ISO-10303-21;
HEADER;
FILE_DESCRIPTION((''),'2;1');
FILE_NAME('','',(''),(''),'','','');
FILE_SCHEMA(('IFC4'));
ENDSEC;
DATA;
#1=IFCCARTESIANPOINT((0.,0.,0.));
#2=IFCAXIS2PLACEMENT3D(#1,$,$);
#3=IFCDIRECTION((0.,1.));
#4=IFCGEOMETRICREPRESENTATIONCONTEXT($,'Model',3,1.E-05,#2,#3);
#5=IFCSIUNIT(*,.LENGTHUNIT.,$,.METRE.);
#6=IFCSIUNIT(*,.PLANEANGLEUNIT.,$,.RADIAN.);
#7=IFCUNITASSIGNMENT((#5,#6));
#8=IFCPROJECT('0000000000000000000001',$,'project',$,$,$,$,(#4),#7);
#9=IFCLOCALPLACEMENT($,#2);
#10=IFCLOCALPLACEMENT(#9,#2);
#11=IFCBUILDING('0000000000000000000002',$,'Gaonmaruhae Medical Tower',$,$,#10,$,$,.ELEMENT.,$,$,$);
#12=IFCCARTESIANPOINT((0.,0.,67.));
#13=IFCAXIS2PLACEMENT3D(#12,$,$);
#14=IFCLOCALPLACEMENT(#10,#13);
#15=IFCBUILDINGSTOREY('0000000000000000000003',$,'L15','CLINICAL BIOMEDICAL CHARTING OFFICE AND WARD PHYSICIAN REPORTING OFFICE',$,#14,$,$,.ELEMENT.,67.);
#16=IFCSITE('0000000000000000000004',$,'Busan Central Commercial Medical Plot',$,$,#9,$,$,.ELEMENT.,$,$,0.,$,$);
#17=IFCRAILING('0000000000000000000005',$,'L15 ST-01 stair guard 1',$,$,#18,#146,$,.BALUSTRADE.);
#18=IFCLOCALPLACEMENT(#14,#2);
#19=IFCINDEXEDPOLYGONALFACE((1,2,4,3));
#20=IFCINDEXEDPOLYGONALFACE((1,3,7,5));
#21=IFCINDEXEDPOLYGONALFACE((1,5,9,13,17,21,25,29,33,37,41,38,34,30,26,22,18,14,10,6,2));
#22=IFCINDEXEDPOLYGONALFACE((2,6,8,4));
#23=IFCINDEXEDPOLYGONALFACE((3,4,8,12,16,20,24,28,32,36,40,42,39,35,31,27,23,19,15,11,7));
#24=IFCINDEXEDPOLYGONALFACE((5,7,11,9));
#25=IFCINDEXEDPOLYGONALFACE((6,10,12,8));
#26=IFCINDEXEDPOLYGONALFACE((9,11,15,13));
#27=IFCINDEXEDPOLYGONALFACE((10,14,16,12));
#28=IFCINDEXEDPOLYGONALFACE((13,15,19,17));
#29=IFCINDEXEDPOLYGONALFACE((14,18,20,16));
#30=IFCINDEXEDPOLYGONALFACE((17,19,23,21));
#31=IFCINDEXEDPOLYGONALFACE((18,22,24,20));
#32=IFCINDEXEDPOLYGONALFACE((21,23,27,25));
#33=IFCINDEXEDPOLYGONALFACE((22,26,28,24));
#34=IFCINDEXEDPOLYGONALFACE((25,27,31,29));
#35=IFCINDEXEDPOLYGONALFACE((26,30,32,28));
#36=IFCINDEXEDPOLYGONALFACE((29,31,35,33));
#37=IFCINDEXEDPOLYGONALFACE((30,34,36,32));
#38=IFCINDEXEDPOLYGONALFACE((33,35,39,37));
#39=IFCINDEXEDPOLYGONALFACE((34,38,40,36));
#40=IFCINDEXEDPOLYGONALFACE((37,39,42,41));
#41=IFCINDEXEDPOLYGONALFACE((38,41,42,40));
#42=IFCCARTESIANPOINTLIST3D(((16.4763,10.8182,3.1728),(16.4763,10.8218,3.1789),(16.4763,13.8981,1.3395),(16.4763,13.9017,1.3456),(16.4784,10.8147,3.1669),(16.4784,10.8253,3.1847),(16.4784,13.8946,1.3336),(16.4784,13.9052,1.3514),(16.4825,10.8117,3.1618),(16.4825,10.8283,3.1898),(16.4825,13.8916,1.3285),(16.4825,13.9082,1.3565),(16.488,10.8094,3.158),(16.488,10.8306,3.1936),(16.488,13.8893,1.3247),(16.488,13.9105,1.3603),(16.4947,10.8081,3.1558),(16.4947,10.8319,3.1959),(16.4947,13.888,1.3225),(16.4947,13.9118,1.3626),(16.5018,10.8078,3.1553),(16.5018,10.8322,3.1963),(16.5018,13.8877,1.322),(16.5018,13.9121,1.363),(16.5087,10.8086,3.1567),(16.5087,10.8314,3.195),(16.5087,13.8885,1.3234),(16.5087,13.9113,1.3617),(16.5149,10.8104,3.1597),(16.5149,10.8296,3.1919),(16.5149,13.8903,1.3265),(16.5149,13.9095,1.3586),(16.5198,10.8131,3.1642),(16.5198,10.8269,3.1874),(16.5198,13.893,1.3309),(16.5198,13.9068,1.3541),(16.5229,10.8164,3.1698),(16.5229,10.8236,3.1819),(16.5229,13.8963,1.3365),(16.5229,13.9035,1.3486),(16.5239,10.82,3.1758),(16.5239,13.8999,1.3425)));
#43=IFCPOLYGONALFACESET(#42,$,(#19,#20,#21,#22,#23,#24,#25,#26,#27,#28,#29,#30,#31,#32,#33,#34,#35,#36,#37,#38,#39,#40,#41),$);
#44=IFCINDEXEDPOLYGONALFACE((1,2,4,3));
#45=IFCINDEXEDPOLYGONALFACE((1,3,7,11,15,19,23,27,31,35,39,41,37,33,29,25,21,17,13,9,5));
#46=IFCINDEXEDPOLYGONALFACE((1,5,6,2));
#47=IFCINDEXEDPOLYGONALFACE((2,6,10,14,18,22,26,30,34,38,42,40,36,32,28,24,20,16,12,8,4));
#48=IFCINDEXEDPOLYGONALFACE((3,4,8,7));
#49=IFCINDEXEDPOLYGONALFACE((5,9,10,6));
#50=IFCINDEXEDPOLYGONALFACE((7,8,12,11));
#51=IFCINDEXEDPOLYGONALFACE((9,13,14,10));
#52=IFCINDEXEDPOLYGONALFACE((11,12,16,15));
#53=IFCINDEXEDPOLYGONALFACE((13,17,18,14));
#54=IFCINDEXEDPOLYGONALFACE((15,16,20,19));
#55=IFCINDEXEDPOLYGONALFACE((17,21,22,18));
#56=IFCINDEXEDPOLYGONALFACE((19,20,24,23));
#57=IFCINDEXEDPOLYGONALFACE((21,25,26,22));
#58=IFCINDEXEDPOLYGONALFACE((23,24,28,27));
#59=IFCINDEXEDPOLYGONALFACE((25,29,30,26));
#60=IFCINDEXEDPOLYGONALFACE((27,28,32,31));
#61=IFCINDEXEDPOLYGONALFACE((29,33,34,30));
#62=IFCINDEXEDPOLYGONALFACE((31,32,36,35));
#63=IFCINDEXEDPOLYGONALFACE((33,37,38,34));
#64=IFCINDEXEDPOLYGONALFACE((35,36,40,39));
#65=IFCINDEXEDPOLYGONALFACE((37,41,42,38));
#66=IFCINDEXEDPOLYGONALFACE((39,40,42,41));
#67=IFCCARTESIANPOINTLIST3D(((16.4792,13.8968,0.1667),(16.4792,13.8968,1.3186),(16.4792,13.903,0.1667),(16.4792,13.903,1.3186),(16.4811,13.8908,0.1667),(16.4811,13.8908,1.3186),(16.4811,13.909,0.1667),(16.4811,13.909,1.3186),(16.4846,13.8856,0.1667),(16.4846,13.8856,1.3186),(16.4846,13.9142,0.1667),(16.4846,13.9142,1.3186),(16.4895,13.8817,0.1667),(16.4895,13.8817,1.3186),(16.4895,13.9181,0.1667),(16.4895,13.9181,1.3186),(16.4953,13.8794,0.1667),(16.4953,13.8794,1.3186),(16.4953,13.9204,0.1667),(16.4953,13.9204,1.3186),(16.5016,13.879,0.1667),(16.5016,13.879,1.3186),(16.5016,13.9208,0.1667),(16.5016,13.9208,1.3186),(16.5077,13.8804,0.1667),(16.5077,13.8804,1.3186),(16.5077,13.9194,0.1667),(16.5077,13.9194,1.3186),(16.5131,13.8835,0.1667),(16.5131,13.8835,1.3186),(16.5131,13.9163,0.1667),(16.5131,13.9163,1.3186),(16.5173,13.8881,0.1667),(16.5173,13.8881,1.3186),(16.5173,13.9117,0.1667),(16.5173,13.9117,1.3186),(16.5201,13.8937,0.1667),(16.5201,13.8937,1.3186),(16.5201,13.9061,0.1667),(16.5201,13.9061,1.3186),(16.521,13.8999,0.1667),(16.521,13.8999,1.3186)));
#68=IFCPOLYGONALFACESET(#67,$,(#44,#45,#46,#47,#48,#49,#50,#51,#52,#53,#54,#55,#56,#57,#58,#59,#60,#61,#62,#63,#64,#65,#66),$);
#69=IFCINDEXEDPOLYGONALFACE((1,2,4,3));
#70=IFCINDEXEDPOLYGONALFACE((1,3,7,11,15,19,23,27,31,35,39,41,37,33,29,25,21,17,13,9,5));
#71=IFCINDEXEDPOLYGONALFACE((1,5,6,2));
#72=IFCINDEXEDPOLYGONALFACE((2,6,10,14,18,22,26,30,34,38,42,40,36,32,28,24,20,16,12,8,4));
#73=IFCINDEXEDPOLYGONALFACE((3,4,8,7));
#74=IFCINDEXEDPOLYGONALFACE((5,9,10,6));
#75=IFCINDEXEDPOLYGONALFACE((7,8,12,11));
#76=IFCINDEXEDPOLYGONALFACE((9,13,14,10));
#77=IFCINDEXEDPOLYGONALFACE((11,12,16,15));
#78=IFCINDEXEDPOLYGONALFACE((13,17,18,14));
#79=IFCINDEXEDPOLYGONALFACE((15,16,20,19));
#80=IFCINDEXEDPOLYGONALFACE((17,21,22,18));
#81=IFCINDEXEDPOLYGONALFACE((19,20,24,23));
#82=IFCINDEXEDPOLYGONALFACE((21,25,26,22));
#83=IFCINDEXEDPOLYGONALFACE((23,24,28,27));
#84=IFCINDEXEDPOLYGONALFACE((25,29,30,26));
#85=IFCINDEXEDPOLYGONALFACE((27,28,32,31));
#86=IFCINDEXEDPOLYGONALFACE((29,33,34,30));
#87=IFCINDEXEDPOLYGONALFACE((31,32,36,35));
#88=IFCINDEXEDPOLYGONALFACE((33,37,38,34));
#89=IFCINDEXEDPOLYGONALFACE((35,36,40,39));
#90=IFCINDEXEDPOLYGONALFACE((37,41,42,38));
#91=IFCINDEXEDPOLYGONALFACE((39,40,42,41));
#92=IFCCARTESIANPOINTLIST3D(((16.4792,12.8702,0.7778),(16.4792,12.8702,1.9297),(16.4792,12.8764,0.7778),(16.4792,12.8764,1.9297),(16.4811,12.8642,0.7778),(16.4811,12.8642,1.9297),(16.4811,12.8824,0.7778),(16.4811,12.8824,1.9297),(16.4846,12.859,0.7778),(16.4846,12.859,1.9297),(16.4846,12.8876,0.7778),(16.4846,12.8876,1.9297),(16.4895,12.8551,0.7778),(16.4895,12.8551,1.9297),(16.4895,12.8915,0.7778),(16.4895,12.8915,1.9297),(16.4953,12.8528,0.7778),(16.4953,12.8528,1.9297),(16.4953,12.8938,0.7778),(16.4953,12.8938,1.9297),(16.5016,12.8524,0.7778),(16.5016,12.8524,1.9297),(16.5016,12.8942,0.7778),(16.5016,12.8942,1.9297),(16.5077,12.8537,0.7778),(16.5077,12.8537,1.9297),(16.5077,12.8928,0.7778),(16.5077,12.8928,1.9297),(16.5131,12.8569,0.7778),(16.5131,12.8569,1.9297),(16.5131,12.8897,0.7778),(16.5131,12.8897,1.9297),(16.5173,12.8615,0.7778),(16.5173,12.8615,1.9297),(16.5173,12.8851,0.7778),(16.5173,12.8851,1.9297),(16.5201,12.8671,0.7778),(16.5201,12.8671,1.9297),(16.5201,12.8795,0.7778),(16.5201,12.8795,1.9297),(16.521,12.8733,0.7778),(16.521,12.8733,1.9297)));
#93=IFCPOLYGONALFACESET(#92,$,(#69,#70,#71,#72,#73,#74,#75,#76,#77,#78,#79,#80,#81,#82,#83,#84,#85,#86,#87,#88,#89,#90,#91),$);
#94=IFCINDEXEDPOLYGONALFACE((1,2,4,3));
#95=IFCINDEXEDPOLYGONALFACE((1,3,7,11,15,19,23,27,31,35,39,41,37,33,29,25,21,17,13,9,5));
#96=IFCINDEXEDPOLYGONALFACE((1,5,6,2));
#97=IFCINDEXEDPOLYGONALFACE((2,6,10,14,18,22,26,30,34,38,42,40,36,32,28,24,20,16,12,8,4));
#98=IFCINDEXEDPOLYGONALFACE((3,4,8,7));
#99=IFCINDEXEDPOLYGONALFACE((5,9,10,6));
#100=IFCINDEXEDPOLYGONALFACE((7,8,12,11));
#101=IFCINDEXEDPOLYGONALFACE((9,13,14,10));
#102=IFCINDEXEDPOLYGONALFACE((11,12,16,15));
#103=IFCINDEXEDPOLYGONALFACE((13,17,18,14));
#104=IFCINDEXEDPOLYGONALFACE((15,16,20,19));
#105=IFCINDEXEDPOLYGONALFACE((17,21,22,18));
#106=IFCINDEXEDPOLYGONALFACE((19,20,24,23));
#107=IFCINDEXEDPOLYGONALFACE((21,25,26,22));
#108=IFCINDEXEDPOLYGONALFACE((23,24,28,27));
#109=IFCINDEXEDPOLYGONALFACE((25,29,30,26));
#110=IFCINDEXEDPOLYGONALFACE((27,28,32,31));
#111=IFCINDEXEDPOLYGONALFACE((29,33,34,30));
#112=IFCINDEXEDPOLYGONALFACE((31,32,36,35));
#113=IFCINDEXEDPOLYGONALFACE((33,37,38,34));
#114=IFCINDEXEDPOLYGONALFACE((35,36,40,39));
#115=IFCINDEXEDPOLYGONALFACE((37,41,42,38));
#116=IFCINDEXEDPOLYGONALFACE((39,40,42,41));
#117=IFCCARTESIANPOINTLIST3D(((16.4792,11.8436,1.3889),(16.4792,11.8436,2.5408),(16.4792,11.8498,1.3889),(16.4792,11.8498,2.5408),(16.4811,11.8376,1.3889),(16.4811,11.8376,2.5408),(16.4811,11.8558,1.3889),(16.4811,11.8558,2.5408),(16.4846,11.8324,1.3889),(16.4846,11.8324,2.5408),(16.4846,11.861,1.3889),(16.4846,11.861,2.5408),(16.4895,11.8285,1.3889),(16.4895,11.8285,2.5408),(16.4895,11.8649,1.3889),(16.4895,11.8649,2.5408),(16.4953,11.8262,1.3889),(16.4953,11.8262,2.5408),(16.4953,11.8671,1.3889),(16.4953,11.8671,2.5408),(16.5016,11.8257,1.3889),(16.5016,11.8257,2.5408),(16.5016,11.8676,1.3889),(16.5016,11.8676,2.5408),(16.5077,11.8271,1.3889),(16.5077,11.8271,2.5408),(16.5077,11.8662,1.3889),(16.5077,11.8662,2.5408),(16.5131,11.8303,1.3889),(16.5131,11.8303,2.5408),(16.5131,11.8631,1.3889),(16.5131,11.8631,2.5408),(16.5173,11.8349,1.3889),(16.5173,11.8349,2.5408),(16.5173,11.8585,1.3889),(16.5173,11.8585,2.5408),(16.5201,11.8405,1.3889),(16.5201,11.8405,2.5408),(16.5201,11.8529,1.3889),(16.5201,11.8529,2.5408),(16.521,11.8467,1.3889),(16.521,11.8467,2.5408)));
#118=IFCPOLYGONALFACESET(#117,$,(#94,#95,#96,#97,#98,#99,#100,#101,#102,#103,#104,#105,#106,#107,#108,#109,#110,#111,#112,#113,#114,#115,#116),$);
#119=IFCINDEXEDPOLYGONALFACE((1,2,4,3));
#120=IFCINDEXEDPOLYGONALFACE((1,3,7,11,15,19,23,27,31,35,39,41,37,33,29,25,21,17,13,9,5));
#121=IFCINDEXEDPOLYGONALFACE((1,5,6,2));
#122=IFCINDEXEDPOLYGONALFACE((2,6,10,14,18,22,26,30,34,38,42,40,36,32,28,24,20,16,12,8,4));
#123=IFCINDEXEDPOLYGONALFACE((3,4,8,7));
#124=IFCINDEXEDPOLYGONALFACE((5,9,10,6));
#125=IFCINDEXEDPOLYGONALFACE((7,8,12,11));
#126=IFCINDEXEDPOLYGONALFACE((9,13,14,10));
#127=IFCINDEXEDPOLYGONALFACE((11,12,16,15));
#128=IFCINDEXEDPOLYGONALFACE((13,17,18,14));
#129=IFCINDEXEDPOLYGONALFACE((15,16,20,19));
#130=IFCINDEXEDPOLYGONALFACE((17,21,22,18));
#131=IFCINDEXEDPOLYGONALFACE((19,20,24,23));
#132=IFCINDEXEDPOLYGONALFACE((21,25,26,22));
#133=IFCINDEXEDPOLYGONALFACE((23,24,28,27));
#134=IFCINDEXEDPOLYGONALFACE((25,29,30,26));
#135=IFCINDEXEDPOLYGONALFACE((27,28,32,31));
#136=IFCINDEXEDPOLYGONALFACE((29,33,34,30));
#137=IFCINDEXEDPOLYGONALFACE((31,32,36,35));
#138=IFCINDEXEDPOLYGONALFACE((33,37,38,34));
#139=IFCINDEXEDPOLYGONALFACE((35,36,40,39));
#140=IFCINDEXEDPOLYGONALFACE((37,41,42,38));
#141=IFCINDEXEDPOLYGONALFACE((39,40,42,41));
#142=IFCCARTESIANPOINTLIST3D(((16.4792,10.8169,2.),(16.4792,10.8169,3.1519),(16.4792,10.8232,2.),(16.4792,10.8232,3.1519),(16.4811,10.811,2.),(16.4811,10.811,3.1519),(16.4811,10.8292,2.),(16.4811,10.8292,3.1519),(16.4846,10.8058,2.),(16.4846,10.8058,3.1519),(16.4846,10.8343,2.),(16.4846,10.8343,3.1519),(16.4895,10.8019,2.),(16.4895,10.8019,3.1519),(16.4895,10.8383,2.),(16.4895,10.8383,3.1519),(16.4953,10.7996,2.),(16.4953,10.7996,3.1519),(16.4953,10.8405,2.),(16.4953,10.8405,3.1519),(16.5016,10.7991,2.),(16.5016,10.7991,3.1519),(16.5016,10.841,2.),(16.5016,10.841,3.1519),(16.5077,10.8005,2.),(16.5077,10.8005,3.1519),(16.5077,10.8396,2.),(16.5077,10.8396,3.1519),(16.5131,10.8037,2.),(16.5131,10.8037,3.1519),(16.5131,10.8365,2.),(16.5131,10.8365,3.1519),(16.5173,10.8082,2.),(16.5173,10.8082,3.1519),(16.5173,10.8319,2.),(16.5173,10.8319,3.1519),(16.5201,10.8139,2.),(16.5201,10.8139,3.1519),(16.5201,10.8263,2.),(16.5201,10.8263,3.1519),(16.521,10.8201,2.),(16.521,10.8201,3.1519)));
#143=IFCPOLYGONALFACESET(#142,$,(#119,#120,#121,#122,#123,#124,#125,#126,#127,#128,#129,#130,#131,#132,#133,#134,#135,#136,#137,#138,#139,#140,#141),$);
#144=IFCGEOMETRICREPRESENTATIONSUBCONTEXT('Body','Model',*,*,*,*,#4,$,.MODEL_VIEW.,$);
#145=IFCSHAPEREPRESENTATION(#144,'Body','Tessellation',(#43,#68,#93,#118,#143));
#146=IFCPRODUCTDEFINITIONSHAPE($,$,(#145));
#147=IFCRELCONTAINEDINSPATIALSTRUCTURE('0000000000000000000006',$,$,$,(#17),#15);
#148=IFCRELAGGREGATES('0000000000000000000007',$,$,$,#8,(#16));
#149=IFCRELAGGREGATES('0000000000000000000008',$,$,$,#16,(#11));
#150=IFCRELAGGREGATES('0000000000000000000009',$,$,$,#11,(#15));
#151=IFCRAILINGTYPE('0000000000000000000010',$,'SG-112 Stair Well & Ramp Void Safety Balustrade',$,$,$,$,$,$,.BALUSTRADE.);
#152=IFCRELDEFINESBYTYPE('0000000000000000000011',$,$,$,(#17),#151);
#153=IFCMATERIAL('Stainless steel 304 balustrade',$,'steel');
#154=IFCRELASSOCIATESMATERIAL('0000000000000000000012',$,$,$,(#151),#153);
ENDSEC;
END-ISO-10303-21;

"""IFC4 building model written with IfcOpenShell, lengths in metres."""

from ifc_helpers import new_model, si_unit, direction, frame, origin, origin_2d, place, context, subcontext, project, spatial, circle, extrude, material, type_object, element, save


model = new_model("IFC4")

# Units and contexts
model_context = context("Model", 3, precision=1e-05, world=origin(), true_north=direction((0.0, 1.0)))
body_context = subcontext(model_context, "Body", "Model", "MODEL_VIEW")
ifc_project = project(units=[si_unit("LENGTHUNIT", "METRE"), si_unit("PLANEANGLEUNIT", "RADIAN")], contexts=[model_context])

# Site, building, storey
site_placement = place(None, origin())
site = spatial("IfcSite", under=ifc_project, at=site_placement, Name="Busan Central Commercial Medical Plot", CompositionType="ELEMENT", RefElevation=0.0)
building_placement = place(site_placement, origin())
building = spatial("IfcBuilding", under=site, at=building_placement, Name="Gaonmaruhae Medical Tower", CompositionType="ELEMENT")
storey_placement = place(building_placement, frame((0.0, 0.0, 67.0)))
storey = spatial("IfcBuildingStorey", under=building, at=storey_placement, Name="L15", Description="CLINICAL BIOMEDICAL CHARTING OFFICE AND WARD PHYSICIAN REPORTING OFFICE", CompositionType="ELEMENT", Elevation=67.0)

# Railing
ifc_material_1 = material(Name="Stainless steel 304 balustrade", Category="steel")
railing_type_1 = type_object("IfcRailingType", Name="SG-112 Stair Well & Ramp Void Safety Balustrade", PredefinedType="BALUSTRADE", material=ifc_material_1)
railing_1_placement = place(storey_placement, frame((16.5, 13.8999, 0.1667)))
element("IfcRailing", 1, at=railing_1_placement, inside=storey, type_object=railing_type_1, Name="L15 ST-01 stair guard 1", PredefinedType="BALUSTRADE", context=body_context, shape_type="SweptSolid", body=[
    extrude(circle(Radius=0.0239, at=origin_2d()), frame((0.0, 0.0, 1.1758), z_axis=(0.0, -0.859291, 0.511487), x_axis=(1.0, 0.0, 0.0)), (0.0, 0.0, 1.0), 3.5842),
    extrude(circle(Radius=0.021, at=origin_2d()), origin(), (0.0, 0.0, 1.0), 1.1519),
    extrude(circle(Radius=0.021, at=origin_2d()), frame((0.0, -1.0266, 0.6111)), (0.0, 0.0, 1.0), 1.1519),
    extrude(circle(Radius=0.021, at=origin_2d()), frame((0.0, -2.0532, 1.2222)), (0.0, 0.0, 1.0), 1.1519),
    extrude(circle(Radius=0.021, at=origin_2d()), frame((0.0, -3.0798, 1.8333)), (0.0, 0.0, 1.0), 1.1519),
])

save(model, "model.ifc")
